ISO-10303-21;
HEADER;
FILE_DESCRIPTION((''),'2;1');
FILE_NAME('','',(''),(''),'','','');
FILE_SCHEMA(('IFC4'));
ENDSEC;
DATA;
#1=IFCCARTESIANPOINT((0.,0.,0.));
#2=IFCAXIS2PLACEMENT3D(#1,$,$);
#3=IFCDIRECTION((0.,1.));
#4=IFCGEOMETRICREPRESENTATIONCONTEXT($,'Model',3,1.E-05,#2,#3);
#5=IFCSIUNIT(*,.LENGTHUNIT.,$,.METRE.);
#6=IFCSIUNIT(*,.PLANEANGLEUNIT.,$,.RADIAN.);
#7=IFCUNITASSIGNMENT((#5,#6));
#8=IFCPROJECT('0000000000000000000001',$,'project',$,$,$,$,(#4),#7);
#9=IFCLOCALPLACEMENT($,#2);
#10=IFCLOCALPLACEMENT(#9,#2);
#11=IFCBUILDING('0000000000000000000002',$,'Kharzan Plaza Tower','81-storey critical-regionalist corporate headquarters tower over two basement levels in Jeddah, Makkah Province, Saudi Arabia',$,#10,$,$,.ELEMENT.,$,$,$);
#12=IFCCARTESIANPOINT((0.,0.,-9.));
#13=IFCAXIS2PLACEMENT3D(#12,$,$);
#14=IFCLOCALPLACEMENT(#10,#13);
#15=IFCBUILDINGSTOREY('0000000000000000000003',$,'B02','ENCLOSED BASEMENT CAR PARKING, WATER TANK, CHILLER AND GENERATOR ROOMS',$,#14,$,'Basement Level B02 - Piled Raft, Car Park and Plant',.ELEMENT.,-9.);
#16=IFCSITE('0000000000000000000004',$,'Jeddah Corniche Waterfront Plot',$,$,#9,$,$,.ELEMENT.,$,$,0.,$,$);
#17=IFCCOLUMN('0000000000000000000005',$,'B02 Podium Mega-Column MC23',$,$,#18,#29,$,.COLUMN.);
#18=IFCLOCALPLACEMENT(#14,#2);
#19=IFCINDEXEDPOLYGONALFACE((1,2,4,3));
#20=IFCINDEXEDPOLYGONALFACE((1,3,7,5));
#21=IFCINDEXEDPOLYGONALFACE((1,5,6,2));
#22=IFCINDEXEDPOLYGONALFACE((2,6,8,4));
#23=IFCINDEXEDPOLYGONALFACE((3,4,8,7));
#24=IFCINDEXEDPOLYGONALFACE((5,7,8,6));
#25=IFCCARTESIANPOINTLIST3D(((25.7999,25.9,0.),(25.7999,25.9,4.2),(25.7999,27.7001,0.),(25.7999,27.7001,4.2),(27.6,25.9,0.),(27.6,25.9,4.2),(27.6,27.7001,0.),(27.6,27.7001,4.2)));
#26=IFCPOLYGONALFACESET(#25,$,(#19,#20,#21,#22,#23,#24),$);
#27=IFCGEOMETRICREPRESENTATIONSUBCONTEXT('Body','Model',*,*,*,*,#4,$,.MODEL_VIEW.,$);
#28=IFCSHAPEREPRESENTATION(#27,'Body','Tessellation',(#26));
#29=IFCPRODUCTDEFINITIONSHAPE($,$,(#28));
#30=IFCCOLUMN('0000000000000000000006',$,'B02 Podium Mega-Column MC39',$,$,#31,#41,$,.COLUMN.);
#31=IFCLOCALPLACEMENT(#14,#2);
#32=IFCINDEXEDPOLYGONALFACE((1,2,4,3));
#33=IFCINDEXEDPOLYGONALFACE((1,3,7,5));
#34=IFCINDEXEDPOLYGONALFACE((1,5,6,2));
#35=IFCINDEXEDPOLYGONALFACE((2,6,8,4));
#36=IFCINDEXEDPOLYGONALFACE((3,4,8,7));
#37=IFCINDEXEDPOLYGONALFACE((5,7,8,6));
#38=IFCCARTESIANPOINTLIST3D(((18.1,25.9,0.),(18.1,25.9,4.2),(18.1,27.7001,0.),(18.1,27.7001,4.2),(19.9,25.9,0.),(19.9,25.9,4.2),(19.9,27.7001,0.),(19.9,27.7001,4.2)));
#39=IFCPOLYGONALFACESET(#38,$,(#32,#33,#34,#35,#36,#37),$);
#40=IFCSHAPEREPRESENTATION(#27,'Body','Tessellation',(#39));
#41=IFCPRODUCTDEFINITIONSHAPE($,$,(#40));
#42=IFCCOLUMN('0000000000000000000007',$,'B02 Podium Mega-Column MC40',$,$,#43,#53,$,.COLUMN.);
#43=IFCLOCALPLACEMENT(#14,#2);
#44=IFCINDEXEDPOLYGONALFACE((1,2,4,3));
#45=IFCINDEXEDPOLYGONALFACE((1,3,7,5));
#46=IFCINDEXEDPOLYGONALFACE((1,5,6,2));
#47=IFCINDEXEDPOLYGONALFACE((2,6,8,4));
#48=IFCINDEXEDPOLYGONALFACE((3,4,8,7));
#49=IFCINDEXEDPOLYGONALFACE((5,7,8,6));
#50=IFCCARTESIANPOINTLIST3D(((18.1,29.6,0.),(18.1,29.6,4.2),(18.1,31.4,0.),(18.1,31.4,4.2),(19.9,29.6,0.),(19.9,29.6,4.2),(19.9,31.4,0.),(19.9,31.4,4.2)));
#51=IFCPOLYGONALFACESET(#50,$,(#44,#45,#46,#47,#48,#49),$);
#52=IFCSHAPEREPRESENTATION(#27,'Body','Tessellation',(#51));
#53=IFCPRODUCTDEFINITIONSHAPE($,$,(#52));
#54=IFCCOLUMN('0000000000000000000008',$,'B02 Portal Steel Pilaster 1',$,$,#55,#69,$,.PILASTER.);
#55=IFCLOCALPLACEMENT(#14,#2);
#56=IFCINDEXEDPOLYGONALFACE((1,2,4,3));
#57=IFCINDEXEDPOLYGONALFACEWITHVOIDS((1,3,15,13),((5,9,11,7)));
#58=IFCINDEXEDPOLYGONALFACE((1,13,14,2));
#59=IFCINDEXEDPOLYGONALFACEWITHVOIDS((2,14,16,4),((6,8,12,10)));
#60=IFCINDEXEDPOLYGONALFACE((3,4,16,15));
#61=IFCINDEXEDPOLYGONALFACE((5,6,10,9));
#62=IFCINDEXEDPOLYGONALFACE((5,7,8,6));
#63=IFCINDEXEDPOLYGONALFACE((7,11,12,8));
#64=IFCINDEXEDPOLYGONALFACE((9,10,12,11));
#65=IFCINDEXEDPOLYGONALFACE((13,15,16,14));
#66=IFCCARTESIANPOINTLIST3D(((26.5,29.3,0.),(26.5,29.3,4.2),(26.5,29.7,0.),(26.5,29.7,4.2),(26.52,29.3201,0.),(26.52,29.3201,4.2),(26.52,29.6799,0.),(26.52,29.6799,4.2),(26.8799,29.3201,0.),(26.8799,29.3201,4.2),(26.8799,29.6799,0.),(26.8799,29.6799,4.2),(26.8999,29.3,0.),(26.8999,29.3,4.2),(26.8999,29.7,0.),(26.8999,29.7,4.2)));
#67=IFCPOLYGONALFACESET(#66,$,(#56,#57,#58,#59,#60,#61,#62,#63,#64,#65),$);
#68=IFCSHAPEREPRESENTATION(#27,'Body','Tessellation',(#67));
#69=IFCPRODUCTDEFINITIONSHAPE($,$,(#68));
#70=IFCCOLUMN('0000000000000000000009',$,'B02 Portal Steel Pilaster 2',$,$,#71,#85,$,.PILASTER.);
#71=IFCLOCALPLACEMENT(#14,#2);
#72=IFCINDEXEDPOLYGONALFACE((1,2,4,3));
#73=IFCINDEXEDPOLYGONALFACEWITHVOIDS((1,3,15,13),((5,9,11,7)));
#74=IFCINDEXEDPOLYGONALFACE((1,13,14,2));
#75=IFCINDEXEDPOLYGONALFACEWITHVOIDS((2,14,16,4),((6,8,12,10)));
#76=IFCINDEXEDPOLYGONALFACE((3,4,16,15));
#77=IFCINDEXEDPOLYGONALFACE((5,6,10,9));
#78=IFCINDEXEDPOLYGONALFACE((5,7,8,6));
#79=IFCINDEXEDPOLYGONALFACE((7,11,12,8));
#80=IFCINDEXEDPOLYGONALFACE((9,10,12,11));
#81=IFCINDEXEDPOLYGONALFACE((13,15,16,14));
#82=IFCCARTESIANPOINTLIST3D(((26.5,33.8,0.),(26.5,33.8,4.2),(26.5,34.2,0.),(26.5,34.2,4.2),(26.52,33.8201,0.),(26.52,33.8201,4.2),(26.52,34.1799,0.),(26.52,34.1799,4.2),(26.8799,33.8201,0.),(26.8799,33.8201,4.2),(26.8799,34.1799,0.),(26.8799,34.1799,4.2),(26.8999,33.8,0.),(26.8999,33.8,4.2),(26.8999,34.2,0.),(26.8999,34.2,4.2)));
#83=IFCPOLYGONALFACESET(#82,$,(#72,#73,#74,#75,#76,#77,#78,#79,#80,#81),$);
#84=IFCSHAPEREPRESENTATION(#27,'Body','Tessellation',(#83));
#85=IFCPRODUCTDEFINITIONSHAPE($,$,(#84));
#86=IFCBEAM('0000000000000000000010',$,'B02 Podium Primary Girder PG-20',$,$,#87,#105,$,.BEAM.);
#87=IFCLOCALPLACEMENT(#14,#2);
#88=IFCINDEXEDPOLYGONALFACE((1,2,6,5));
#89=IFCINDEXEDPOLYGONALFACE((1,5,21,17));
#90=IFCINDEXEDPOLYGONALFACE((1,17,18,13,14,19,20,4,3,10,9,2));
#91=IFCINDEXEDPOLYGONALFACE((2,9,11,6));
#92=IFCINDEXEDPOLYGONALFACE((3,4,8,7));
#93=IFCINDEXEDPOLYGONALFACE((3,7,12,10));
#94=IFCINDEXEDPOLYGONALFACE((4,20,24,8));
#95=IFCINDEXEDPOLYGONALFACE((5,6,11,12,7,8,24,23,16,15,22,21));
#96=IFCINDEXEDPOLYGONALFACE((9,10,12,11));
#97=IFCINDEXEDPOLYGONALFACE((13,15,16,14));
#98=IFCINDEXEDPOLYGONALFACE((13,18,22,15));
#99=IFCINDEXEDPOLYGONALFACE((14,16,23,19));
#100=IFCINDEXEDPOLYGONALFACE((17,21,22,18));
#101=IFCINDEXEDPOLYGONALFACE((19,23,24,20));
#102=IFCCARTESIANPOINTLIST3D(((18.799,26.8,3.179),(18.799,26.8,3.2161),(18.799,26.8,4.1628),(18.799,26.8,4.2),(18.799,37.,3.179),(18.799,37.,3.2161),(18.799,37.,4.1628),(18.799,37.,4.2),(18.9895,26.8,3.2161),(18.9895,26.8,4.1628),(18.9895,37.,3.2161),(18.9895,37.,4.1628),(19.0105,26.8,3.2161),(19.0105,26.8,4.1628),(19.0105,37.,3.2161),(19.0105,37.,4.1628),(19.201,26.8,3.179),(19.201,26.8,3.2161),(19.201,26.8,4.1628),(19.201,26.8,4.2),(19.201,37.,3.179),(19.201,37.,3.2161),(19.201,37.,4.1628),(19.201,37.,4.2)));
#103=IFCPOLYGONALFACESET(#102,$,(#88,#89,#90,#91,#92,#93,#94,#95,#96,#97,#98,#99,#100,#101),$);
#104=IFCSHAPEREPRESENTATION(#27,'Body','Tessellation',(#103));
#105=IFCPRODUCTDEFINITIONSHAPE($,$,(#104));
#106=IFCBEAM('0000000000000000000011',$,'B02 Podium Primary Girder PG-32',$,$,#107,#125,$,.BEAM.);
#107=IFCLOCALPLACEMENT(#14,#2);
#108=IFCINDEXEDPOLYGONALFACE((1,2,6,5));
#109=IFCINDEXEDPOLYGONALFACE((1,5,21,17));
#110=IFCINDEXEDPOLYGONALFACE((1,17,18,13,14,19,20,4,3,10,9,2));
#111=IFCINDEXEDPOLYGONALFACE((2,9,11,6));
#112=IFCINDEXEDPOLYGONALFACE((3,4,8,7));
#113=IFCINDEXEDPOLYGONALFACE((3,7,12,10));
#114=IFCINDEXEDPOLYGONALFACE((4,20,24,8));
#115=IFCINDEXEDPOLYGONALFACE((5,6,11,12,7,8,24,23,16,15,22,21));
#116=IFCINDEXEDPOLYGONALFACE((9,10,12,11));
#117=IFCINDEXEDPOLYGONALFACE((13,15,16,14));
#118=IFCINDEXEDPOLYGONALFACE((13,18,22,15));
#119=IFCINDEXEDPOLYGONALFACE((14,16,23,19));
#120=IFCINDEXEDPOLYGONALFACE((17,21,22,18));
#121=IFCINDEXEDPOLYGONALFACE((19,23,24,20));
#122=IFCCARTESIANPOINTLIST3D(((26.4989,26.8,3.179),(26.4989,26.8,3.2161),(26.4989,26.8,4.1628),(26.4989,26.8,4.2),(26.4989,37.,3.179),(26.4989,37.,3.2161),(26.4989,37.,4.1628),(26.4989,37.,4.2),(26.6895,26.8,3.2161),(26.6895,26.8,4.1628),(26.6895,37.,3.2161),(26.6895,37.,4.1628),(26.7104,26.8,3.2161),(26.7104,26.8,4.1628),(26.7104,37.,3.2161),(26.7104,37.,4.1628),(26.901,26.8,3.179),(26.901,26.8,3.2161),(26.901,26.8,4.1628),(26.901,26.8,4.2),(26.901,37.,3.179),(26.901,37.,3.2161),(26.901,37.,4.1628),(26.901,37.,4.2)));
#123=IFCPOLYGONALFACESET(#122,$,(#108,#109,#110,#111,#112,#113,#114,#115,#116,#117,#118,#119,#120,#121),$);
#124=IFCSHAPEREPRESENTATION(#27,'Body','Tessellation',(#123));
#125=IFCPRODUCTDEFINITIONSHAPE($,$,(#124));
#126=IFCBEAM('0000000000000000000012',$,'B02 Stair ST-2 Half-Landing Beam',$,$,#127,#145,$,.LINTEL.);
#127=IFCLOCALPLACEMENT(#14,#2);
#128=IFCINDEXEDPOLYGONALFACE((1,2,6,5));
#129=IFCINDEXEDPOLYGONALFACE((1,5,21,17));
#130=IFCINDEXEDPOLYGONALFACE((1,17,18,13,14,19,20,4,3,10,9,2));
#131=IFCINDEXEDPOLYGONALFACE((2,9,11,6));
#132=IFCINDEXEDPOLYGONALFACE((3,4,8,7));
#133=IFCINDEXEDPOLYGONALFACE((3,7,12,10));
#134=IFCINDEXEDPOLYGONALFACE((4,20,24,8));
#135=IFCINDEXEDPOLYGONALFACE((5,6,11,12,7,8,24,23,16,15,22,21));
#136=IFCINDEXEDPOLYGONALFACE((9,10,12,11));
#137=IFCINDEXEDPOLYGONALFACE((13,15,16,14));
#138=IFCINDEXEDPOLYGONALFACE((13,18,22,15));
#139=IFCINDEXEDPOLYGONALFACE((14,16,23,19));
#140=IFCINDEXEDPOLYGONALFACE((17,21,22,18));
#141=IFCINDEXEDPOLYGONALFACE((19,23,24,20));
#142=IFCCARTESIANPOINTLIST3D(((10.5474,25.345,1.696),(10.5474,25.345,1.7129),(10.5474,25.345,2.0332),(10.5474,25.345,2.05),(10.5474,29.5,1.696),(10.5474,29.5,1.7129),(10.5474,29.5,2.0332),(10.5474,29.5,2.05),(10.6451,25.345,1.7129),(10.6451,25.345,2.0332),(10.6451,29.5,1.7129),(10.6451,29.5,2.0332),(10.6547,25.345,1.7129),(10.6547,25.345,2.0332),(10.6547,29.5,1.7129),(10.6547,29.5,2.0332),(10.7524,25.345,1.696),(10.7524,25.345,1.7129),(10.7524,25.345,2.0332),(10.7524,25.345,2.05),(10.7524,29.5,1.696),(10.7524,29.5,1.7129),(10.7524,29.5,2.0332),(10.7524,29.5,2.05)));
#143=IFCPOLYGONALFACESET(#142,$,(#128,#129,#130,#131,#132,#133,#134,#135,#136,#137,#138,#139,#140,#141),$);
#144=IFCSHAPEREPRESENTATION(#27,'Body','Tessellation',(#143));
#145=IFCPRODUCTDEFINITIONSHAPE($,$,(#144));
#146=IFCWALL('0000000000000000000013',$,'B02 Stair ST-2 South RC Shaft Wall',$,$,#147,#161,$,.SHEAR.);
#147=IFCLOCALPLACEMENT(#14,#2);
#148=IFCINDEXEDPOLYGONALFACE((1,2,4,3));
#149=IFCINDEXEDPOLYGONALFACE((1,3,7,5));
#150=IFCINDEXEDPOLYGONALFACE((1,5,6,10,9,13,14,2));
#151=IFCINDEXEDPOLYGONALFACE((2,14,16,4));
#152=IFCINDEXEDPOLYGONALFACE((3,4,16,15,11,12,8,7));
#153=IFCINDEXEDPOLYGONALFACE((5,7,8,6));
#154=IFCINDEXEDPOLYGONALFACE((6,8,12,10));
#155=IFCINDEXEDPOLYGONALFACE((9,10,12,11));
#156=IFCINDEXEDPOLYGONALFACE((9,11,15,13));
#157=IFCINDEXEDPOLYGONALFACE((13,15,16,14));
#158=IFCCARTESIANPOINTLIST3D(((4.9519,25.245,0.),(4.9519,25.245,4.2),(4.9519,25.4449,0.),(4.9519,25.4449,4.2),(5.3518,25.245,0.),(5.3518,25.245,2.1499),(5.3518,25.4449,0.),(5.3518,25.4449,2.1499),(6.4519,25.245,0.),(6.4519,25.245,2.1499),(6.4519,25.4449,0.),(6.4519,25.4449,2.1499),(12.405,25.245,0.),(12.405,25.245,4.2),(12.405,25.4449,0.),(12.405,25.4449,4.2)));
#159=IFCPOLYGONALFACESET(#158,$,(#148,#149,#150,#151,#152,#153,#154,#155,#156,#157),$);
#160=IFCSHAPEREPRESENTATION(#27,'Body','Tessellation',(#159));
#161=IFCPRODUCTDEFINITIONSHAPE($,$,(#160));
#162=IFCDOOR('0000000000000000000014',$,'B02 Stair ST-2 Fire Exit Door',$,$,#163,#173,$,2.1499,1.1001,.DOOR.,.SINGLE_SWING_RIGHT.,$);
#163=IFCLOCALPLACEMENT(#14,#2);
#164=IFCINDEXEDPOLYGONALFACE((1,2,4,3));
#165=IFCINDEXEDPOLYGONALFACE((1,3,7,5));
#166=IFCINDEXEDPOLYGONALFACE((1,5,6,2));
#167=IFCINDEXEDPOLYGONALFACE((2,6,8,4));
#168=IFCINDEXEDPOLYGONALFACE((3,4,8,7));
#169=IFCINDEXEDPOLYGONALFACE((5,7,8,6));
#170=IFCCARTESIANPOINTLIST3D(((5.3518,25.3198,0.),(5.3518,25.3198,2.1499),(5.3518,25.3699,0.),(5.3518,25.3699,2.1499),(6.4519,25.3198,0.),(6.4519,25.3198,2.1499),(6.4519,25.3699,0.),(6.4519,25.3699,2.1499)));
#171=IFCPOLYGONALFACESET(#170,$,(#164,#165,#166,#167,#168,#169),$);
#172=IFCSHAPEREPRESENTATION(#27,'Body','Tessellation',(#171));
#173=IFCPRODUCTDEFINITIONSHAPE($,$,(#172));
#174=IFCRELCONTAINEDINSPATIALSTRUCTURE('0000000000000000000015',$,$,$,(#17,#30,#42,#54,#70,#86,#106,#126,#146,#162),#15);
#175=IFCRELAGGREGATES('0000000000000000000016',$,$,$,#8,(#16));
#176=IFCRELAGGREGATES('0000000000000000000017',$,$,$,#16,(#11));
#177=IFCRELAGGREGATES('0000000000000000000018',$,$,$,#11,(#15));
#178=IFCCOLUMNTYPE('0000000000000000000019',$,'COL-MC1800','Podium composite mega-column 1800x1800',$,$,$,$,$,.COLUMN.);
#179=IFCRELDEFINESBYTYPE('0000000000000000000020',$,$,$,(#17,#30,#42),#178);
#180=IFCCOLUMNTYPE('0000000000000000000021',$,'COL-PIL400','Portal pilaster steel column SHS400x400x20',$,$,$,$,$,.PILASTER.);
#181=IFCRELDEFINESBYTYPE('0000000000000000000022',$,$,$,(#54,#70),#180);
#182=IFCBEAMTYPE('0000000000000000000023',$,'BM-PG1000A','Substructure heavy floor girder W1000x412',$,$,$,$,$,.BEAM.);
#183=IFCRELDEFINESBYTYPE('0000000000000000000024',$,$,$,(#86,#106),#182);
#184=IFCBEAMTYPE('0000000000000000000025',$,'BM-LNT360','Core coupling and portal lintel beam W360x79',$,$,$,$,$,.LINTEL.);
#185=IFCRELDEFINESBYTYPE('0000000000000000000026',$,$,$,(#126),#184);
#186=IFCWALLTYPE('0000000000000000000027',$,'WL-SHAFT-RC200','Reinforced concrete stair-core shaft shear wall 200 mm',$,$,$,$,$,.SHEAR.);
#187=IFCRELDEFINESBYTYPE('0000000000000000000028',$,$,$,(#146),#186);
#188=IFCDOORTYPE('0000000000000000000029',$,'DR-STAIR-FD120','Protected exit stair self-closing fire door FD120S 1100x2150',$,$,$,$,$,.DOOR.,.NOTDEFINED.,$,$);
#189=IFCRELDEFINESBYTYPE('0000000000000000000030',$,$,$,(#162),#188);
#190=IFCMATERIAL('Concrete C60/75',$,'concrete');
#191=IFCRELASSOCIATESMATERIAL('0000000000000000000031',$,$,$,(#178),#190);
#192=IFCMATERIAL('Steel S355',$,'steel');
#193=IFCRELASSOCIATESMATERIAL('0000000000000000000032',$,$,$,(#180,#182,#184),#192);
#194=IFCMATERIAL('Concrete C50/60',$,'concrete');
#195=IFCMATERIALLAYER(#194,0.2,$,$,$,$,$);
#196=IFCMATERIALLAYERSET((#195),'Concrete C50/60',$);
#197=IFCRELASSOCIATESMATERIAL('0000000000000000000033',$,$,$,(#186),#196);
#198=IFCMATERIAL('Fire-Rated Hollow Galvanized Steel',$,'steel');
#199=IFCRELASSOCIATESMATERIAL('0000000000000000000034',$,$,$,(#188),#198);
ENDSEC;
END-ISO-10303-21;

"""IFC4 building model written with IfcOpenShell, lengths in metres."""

from ifc_helpers import new_model, si_unit, direction, frame, frame_2d, origin, origin_2d, place, context, subcontext, project, spatial, rectangle, hollow_rectangle, i_section, extrude, source, transform, mapped, material, layer, layer_set, material_profile, profile_set, type_object, element, fill, save


model = new_model("IFC4")

# Units and contexts
model_context = context("Model", 3, precision=1e-05, world=origin(), true_north=direction((0.0, 1.0)))
body_context = subcontext(model_context, "Body", "Model", "MODEL_VIEW")
ifc_project = project(units=[si_unit("LENGTHUNIT", "METRE"), si_unit("PLANEANGLEUNIT", "RADIAN")], contexts=[model_context])

# Site, building, storey
site_placement = place(None, origin())
site = spatial("IfcSite", under=ifc_project, at=site_placement, Name="Jeddah Corniche Waterfront Plot", CompositionType="ELEMENT", RefElevation=0.0)
building_placement = place(site_placement, origin())
building = spatial("IfcBuilding", under=site, at=building_placement, Name="Kharzan Plaza Tower", Description="81-storey critical-regionalist corporate headquarters tower over two basement levels in Jeddah, Makkah Province, Saudi Arabia", CompositionType="ELEMENT")
storey_placement = place(building_placement, frame((0.0, 0.0, -9.0)))
storey = spatial("IfcBuildingStorey", under=building, at=storey_placement, Name="B02", Description="ENCLOSED BASEMENT CAR PARKING, WATER TANK, CHILLER AND GENERATOR ROOMS", LongName="Basement Level B02 - Piled Raft, Car Park and Plant", CompositionType="ELEMENT", Elevation=-9.0)

# Shared definitions
ifc_material_1 = material(Name="Concrete C50/60", Category="concrete")

# Columns
ifc_material_2 = material(Name="Concrete C60/75", Category="concrete")
ifc_material_profile_1 = material_profile(ifc_material_2, rectangle(XDim=1.8, YDim=1.8, at=origin_2d()), Name="RC-MC1800x1800")
ifc_profile_set_1 = profile_set([ifc_material_profile_1], Name="Concrete C60/75")
column_type_1 = type_object("IfcColumnType", Name="COL-MC1800", Description="Podium composite mega-column 1800x1800", PredefinedType="COLUMN", material=ifc_profile_set_1)
shared_shape_1 = source(origin(), body_context, "Body", "SweptSolid", [
    extrude(rectangle(XDim=1.8, YDim=1.8, at=origin_2d()), origin(), (0.0, 0.0, 1.0), 4.2),
])
for number, where, z_axis, x_axis, name in (
    (1, (26.7, 26.8, 0.0), (0.0, 0.0, 1.0), (1.0, 0.0, 0.0), "B02 Podium Mega-Column MC23"),
    (2, (19.0, 26.8, 0.0), (0.0, 0.0, 1.0), (1.0, 0.0, 0.0), "B02 Podium Mega-Column MC39"),
    (3, (19.0, 30.5, 0.0), (0.0, 0.0, 1.0), (1.0, 0.0, 0.0), "B02 Podium Mega-Column MC40"),
):
    element("IfcColumn", number, at=place(storey_placement, frame(where, z_axis=z_axis, x_axis=x_axis)), inside=storey, type_object=column_type_1, Name=name, PredefinedType="COLUMN", context=body_context, shape_type="MappedRepresentation", body=[
        mapped(shared_shape_1, transform((0.0, 0.0, 0.0), x_axis=(1.0, 0.0, 0.0), y_axis=(0.0, 1.0, 0.0), z_axis=(0.0, 0.0, 1.0))),
    ])
ifc_material_3 = material(Name="Steel S355", Category="steel")
ifc_material_profile_2 = material_profile(ifc_material_3, hollow_rectangle(XDim=0.3999, YDim=0.3999, WallThickness=0.02, at=origin_2d()), Name="SHS400x400x20")
ifc_profile_set_2 = profile_set([ifc_material_profile_2], Name="Steel S355")
column_type_2 = type_object("IfcColumnType", Name="COL-PIL400", Description="Portal pilaster steel column SHS400x400x20", PredefinedType="PILASTER", material=ifc_profile_set_2)
shared_shape_2 = source(origin(), body_context, "Body", "SweptSolid", [
    extrude(hollow_rectangle(XDim=0.3999, YDim=0.3999, WallThickness=0.02, at=origin_2d()), origin(), (0.0, 0.0, 1.0), 4.2),
])
for number, where, z_axis, x_axis, name in (
    (4, (26.7, 29.5, 0.0), (0.0, 0.0, 1.0), (1.0, 0.0, 0.0), "B02 Portal Steel Pilaster 1"),
    (5, (26.7, 34.0, 0.0), (0.0, 0.0, 1.0), (1.0, 0.0, 0.0), "B02 Portal Steel Pilaster 2"),
):
    element("IfcColumn", number, at=place(storey_placement, frame(where, z_axis=z_axis, x_axis=x_axis)), inside=storey, type_object=column_type_2, Name=name, PredefinedType="PILASTER", context=body_context, shape_type="MappedRepresentation", body=[
        mapped(shared_shape_2, transform((0.0, 0.0, 0.0), x_axis=(1.0, 0.0, 0.0), y_axis=(0.0, 1.0, 0.0), z_axis=(0.0, 0.0, 1.0))),
    ])

# Beams
ifc_material_profile_3 = material_profile(ifc_material_3, i_section(OverallWidth=0.4021, OverallDepth=1.021, WebThickness=0.021, FlangeThickness=0.0371, at=origin_2d()), Name="W1000x412")
ifc_profile_set_3 = profile_set([ifc_material_profile_3], Name="Steel S355")
beam_type_1 = type_object("IfcBeamType", Name="BM-PG1000A", Description="Substructure heavy floor girder W1000x412", PredefinedType="BEAM", material=ifc_profile_set_3)
shared_shape_3 = source(origin(), body_context, "Body", "SweptSolid", [
    extrude(i_section(OverallWidth=0.4021, OverallDepth=1.021, WebThickness=0.021, FlangeThickness=0.0371, at=origin_2d()), origin(), (0.0, 0.0, 1.0), 10.2),
])
for number, where, z_axis, x_axis, name in (
    (6, (19.0, 26.8, 3.6895), (0.0, 1.0, 0.0), (-1.0, 0.0, 0.0), "B02 Podium Primary Girder PG-20"),
    (7, (26.7, 26.8, 3.6895), (0.0, 1.0, 0.0), (-1.0, 0.0, 0.0), "B02 Podium Primary Girder PG-32"),
):
    element("IfcBeam", number, at=place(storey_placement, frame(where, z_axis=z_axis, x_axis=x_axis)), inside=storey, type_object=beam_type_1, Name=name, PredefinedType="BEAM", context=body_context, shape_type="MappedRepresentation", body=[
        mapped(shared_shape_3, transform((0.0, 0.0, 0.0), x_axis=(1.0, 0.0, 0.0), y_axis=(0.0, 1.0, 0.0), z_axis=(0.0, 0.0, 1.0))),
    ])
ifc_material_profile_4 = material_profile(ifc_material_3, i_section(OverallWidth=0.2051, OverallDepth=0.354, WebThickness=0.0095, FlangeThickness=0.0168, at=origin_2d()), Name="W360x79")
ifc_profile_set_4 = profile_set([ifc_material_profile_4], Name="Steel S355")
beam_type_2 = type_object("IfcBeamType", Name="BM-LNT360", Description="Core coupling and portal lintel beam W360x79", PredefinedType="LINTEL", material=ifc_profile_set_4)
shared_shape_4 = source(origin(), body_context, "Body", "SweptSolid", [
    extrude(i_section(OverallWidth=0.2051, OverallDepth=0.354, WebThickness=0.0095, FlangeThickness=0.0168, at=origin_2d()), origin(), (0.0, 0.0, 1.0), 4.155),
])
beam_placement = place(storey_placement, frame((10.6499, 25.345, 1.873), z_axis=(0.0, 1.0, 0.0), x_axis=(-1.0, 0.0, 0.0)))
element("IfcBeam", 8, at=beam_placement, inside=storey, type_object=beam_type_2, Name="B02 Stair ST-2 Half-Landing Beam", PredefinedType="LINTEL", context=body_context, shape_type="MappedRepresentation", body=[
    mapped(shared_shape_4, transform((0.0, 0.0, 0.0), x_axis=(1.0, 0.0, 0.0), y_axis=(0.0, 1.0, 0.0), z_axis=(0.0, 0.0, 1.0))),
])

# Wall, opening, door
ifc_layer_1 = layer(ifc_material_1, 0.2)
ifc_layer_set_1 = layer_set([ifc_layer_1], Name="Concrete C50/60")
wall_type_1 = type_object("IfcWallType", Name="WL-SHAFT-RC200", Description="Reinforced concrete stair-core shaft shear wall 200 mm", PredefinedType="SHEAR", material=ifc_layer_set_1)
wall_1_placement = place(storey_placement, frame((4.9519, 25.345, 0.0), z_axis=(0.0, 0.0, 1.0), x_axis=(1.0, 0.0, 0.0)))
wall_1 = element("IfcWall", 9, at=wall_1_placement, inside=storey, type_object=wall_type_1, Name="B02 Stair ST-2 South RC Shaft Wall", PredefinedType="SHEAR", context=body_context, shape_type="SweptSolid", body=[
    extrude(rectangle(XDim=7.4531, YDim=0.2, at=frame_2d((3.7266, 0.0))), origin(), (0.0, 0.0, 1.0), 4.2),
])
opening_placement = place(wall_1_placement, frame((0.3999, 0.0, 0.0)))
opening = element("IfcOpeningElement", 10, at=opening_placement, cuts=wall_1, PredefinedType="OPENING", context=body_context, shape_type="SweptSolid", body=[
    extrude(rectangle(XDim=1.1001, YDim=2.1499, at=frame_2d((0.55, 1.075))), frame((0.0, 0.1099, 0.0), z_axis=(0.0, -1.0, 0.0), x_axis=(1.0, 0.0, 0.0)), (0.0, 0.0, 1.0), 0.22),
])
ifc_material_4 = material(Name="Fire-Rated Hollow Galvanized Steel", Category="steel")
door_type = type_object("IfcDoorType", Name="DR-STAIR-FD120", Description="Protected exit stair self-closing fire door FD120S 1100x2150", OperationType="NOTDEFINED", PredefinedType="DOOR", material=ifc_material_4)
shared_shape_5 = source(origin(), body_context, "Body", "SweptSolid", [
    extrude(rectangle(XDim=1.1001, YDim=2.1499, at=frame_2d((0.55, 1.075))), frame((0.0, 0.0249, 0.0), z_axis=(0.0, -1.0, 0.0), x_axis=(1.0, 0.0, 0.0)), (0.0, 0.0, 1.0), 0.05),
])
door_placement = place(opening_placement, origin())
door = element("IfcDoor", 11, at=door_placement, inside=storey, type_object=door_type, Name="B02 Stair ST-2 Fire Exit Door", OperationType="SINGLE_SWING_RIGHT", OverallHeight=2.1499, OverallWidth=1.1001, PredefinedType="DOOR", context=body_context, shape_type="MappedRepresentation", body=[
    mapped(shared_shape_5, transform((0.0, 0.0, 0.0), x_axis=(1.0, 0.0, 0.0), y_axis=(0.0, 1.0, 0.0), z_axis=(0.0, 0.0, 1.0))),
])
fill(opening, door)

save(model, "model.ifc")
